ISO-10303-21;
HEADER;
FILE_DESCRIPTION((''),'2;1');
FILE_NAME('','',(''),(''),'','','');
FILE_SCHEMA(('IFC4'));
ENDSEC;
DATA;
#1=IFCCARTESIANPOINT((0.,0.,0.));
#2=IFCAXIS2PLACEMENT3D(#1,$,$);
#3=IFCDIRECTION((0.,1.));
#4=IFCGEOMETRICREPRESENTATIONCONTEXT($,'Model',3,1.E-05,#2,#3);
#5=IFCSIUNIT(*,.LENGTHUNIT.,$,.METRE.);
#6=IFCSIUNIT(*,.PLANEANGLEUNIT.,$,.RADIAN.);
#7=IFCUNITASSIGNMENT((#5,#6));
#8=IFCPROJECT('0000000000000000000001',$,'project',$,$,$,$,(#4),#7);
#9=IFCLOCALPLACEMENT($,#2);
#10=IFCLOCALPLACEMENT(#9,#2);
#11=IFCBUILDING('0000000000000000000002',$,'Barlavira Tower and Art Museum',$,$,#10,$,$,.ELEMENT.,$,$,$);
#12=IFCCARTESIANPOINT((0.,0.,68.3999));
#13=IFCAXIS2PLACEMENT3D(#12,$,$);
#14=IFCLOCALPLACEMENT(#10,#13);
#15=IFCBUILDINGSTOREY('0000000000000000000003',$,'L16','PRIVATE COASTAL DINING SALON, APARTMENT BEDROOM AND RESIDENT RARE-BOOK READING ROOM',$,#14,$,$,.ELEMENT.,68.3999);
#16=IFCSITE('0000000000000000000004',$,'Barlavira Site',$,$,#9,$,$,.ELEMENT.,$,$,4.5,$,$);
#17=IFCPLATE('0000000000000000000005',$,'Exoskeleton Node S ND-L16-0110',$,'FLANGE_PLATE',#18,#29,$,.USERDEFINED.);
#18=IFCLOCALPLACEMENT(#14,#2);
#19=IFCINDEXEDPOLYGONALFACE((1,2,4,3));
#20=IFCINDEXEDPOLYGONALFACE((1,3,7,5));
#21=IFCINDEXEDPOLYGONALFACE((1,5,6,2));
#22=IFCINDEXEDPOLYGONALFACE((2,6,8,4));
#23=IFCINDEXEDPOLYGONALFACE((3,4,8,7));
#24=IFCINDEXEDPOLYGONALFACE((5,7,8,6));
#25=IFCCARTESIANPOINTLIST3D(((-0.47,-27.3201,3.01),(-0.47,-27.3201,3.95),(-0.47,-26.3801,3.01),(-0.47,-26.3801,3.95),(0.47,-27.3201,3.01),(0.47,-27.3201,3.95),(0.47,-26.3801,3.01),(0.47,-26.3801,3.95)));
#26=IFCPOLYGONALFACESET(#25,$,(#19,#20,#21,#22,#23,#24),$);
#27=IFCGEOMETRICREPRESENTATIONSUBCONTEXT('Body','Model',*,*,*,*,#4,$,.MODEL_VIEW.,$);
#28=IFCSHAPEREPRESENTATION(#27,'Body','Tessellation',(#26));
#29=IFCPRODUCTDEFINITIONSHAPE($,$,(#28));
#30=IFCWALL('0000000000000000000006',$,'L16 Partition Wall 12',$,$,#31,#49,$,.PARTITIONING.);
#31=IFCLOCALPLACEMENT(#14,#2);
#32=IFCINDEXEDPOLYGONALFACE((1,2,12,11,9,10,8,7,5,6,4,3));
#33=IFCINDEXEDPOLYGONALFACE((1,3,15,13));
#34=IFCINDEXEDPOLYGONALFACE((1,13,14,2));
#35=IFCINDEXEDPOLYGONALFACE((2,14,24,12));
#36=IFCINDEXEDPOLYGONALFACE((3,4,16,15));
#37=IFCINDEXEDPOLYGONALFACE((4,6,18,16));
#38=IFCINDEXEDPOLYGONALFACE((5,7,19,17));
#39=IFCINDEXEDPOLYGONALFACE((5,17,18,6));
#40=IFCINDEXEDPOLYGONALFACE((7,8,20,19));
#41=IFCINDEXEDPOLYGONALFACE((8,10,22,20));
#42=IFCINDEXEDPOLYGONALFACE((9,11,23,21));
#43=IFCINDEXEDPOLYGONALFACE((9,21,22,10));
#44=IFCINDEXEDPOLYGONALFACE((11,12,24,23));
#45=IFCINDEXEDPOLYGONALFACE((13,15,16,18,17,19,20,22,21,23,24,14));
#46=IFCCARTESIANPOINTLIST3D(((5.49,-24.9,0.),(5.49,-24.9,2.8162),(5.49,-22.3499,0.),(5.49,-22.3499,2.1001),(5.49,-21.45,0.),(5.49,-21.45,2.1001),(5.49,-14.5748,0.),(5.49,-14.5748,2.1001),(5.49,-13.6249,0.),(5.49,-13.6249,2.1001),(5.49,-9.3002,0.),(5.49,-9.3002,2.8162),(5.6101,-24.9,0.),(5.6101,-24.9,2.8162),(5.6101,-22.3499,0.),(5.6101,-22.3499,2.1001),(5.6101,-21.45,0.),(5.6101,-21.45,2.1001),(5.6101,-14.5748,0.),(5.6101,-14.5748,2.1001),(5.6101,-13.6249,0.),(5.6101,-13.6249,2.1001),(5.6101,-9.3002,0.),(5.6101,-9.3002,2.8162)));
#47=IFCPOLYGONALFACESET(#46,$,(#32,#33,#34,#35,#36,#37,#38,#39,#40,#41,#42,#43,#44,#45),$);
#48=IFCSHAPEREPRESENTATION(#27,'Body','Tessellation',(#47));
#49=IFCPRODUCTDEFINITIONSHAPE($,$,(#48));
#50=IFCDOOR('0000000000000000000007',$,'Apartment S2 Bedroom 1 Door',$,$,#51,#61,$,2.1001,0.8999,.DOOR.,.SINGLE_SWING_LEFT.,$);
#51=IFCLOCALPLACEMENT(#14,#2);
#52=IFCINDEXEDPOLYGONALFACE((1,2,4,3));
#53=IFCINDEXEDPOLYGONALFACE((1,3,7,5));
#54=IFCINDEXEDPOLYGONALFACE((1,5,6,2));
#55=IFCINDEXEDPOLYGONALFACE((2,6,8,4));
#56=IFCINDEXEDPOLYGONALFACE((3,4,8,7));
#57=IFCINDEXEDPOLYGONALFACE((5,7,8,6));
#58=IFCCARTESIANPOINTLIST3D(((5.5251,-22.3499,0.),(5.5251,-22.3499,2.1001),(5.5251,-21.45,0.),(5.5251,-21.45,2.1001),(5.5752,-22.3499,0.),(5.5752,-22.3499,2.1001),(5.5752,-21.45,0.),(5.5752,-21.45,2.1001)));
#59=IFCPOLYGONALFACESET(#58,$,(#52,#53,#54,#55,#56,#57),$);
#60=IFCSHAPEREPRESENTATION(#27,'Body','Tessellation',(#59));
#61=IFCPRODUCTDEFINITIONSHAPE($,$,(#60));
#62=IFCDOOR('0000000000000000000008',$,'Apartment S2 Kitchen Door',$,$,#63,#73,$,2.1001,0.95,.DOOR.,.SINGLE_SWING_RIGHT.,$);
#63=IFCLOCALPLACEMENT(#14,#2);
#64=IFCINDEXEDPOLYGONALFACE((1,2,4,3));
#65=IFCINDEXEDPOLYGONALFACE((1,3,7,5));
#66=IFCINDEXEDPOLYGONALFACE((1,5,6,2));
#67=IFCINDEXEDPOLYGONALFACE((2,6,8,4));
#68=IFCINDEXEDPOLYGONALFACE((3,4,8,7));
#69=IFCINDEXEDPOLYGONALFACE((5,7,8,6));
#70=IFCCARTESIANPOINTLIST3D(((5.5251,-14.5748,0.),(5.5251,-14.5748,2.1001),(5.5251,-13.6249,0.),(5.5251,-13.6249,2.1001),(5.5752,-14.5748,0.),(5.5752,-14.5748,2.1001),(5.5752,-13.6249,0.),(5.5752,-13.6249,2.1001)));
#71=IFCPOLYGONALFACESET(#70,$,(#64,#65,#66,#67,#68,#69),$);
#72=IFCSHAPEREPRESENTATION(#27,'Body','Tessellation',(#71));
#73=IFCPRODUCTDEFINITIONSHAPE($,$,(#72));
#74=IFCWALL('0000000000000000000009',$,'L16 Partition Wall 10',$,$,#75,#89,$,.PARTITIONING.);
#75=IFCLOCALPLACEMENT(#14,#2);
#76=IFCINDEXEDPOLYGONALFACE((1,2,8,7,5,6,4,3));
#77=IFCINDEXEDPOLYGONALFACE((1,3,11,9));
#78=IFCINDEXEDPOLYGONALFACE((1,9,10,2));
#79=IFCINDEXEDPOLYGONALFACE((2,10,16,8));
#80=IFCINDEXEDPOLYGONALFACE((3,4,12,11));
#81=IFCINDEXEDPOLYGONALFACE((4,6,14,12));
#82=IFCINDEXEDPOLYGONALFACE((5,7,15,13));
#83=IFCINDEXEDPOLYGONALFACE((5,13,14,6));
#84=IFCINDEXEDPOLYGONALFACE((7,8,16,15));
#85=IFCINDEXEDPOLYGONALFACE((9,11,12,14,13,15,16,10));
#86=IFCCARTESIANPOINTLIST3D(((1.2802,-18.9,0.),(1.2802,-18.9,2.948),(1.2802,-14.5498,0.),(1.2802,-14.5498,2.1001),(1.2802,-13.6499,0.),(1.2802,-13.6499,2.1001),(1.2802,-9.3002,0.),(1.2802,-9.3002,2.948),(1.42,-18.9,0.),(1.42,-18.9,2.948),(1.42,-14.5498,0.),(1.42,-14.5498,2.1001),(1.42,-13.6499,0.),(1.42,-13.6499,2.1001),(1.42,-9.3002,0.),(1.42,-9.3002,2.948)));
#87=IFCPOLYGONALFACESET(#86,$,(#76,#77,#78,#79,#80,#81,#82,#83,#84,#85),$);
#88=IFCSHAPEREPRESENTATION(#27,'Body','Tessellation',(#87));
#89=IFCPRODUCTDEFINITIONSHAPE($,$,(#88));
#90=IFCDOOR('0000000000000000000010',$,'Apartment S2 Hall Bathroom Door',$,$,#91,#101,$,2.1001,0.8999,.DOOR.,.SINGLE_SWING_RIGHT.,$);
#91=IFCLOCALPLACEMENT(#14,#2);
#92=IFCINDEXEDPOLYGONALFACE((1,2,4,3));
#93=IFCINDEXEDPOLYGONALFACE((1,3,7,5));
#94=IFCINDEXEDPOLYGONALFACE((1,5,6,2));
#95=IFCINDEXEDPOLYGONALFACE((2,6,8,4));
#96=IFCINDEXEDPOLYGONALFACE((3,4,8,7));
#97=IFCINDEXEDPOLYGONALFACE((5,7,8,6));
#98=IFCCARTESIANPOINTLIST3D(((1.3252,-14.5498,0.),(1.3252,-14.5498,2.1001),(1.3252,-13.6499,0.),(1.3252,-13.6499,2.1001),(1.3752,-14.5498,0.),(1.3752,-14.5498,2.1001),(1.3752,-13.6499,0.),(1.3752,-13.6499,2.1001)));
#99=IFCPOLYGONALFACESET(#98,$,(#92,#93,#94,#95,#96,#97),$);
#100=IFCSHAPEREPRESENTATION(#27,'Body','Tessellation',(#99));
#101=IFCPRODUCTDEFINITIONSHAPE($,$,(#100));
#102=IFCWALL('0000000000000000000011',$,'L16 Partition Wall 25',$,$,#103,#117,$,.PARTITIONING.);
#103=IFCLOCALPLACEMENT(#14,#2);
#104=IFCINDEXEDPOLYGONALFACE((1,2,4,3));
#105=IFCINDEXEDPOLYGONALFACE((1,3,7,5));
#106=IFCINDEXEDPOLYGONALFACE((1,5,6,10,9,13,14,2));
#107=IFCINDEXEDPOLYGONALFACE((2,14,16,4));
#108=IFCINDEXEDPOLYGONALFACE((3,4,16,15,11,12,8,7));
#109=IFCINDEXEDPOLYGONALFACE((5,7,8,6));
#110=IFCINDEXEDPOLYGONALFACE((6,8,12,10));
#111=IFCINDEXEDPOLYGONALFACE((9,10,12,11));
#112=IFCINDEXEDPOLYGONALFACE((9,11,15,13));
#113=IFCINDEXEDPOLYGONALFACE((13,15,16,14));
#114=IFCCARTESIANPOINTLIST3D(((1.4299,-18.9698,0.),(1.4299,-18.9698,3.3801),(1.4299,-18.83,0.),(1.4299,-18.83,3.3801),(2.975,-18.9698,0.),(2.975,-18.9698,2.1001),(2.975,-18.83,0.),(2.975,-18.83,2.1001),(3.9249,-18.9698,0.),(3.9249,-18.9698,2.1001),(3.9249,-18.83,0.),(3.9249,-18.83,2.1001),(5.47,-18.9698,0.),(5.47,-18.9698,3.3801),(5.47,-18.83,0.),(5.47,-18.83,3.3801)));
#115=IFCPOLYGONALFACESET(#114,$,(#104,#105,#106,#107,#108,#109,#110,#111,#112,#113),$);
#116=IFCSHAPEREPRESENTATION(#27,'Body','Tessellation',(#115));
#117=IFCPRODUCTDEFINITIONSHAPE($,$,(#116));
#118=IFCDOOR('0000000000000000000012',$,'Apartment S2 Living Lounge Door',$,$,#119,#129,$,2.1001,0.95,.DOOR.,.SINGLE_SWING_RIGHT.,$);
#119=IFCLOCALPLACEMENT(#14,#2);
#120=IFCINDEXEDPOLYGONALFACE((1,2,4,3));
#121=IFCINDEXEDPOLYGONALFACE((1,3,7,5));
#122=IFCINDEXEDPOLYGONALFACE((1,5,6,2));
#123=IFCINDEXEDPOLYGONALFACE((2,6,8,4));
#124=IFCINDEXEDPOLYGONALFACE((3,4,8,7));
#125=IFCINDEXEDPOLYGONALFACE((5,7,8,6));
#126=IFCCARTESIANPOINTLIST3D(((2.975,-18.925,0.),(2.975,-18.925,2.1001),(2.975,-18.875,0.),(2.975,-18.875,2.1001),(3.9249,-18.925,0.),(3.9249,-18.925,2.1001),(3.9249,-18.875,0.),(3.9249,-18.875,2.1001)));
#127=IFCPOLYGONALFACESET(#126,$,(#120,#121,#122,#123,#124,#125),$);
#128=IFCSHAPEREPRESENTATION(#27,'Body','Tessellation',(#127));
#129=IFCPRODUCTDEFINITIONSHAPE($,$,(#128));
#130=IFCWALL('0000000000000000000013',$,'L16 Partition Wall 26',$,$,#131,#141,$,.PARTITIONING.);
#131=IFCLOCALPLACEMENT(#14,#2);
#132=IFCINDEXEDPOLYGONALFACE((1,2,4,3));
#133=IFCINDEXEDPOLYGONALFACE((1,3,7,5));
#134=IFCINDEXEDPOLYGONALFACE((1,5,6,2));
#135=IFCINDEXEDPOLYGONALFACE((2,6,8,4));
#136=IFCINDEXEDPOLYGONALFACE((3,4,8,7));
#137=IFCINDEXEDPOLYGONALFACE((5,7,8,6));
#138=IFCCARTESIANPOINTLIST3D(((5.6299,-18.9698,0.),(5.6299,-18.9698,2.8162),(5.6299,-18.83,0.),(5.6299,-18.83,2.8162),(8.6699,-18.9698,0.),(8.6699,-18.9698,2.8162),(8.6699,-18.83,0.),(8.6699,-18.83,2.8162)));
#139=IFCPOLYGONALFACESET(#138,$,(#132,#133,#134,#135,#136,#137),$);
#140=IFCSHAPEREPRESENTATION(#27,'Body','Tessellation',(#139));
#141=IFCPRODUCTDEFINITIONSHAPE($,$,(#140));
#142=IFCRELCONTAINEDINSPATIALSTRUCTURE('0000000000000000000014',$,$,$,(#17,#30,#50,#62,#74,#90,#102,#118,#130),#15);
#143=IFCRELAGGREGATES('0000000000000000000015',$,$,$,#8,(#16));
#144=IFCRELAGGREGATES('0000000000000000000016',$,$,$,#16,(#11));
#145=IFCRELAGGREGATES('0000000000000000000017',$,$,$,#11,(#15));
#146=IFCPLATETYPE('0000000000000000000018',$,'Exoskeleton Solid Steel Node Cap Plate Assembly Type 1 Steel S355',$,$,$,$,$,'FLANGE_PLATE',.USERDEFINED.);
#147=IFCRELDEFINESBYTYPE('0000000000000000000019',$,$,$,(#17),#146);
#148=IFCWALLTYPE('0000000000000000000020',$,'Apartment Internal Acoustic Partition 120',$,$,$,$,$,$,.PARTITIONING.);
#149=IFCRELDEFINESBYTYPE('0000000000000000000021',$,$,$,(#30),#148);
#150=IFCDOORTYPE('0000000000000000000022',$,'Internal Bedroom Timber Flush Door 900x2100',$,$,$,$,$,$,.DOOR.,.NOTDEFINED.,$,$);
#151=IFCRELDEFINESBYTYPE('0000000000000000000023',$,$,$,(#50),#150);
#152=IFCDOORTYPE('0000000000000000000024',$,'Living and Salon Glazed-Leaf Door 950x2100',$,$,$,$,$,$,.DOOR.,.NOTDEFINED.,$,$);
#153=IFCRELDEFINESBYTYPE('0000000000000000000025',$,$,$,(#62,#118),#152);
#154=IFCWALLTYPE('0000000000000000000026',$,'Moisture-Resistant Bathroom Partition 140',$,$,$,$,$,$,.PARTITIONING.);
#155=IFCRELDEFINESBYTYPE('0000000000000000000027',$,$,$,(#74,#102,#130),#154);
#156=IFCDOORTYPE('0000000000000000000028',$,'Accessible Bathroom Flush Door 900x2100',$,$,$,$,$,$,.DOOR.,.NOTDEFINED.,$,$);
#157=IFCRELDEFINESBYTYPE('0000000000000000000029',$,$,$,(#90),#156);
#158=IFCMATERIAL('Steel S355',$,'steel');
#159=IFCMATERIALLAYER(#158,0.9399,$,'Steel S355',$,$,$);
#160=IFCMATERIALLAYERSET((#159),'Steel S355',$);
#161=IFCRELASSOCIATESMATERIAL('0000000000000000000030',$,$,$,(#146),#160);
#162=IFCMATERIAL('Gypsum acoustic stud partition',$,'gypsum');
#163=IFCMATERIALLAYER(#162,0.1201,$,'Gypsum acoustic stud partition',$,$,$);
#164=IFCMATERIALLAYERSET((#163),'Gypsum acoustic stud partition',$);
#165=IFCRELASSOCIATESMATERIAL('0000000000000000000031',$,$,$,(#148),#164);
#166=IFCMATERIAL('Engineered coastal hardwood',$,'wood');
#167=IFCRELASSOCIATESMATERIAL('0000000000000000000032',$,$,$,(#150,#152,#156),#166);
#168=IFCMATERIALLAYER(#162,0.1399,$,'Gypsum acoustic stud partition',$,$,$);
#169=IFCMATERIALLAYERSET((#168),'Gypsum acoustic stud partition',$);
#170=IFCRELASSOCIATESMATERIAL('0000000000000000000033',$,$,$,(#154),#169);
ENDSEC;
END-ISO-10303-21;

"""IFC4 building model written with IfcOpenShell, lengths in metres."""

from ifc_helpers import new_model, si_unit, direction, frame, frame_2d, origin, origin_2d, place, context, subcontext, project, spatial, rectangle, extrude, material, layer, layer_set, type_object, element, fill, save


model = new_model("IFC4")

# Units and contexts
model_context = context("Model", 3, precision=1e-05, world=origin(), true_north=direction((0.0, 1.0)))
body_context = subcontext(model_context, "Body", "Model", "MODEL_VIEW")
ifc_project = project(units=[si_unit("LENGTHUNIT", "METRE"), si_unit("PLANEANGLEUNIT", "RADIAN")], contexts=[model_context])

# Site, building, storey
site_placement = place(None, origin())
site = spatial("IfcSite", under=ifc_project, at=site_placement, Name="Barlavira Site", CompositionType="ELEMENT", RefElevation=4.5)
building_placement = place(site_placement, origin())
building = spatial("IfcBuilding", under=site, at=building_placement, Name="Barlavira Tower and Art Museum", CompositionType="ELEMENT")
storey_placement = place(building_placement, frame((0.0, 0.0, 68.3999)))
storey = spatial("IfcBuildingStorey", under=building, at=storey_placement, Name="L16", Description="PRIVATE COASTAL DINING SALON, APARTMENT BEDROOM AND RESIDENT RARE-BOOK READING ROOM", CompositionType="ELEMENT", Elevation=68.3999)

# Shared definitions
ifc_material_1 = material(Name="Steel S355", Category="steel")

# Plate
ifc_layer_1 = layer(ifc_material_1, 0.9399, Name="Steel S355")
ifc_layer_set_1 = layer_set([ifc_layer_1], Name="Steel S355")
plate_type_1 = type_object("IfcPlateType", Name="Exoskeleton Solid Steel Node Cap Plate Assembly Type 1 Steel S355", ElementType="FLANGE_PLATE", PredefinedType="USERDEFINED", material=ifc_layer_set_1)
plate_1_placement = place(storey_placement, frame((0.0, -26.8501, 3.01), z_axis=(0.0, 0.0, 1.0), x_axis=(1.0, 0.0, 0.0)))
element("IfcPlate", 1, at=plate_1_placement, inside=storey, type_object=plate_type_1, Name="Exoskeleton Node S ND-L16-0110", ObjectType="FLANGE_PLATE", PredefinedType="USERDEFINED", context=body_context, shape_type="SweptSolid", body=[
    extrude(rectangle(XDim=0.9399, YDim=0.9399, at=origin_2d()), origin(), (0.0, 0.0, 1.0), 0.9399),
])

# Wall, openings, doors
ifc_material_2 = material(Name="Gypsum acoustic stud partition", Category="gypsum")
ifc_layer_2 = layer(ifc_material_2, 0.1201, Name="Gypsum acoustic stud partition")
ifc_layer_set_2 = layer_set([ifc_layer_2], Name="Gypsum acoustic stud partition")
wall_type_1 = type_object("IfcWallType", Name="Apartment Internal Acoustic Partition 120", PredefinedType="PARTITIONING", material=ifc_layer_set_2)
wall_1_placement = place(storey_placement, frame((5.55, -24.8999, 0.0), z_axis=(0.0, 0.0, 1.0), x_axis=(0.0, 1.0, 0.0)))
wall_1 = element("IfcWall", 2, at=wall_1_placement, inside=storey, type_object=wall_type_1, Name="L16 Partition Wall 12", PredefinedType="PARTITIONING", context=body_context, shape_type="SweptSolid", body=[
    extrude(rectangle(XDim=15.5999, YDim=0.1201, at=frame_2d((7.7998, 0.0))), origin(), (0.0, 0.0, 1.0), 2.8162),
])
opening_1_placement = place(wall_1_placement, frame((10.325, 0.0, 0.0)))
opening_1 = element("IfcOpeningElement", 3, at=opening_1_placement, cuts=wall_1, PredefinedType="OPENING", context=body_context, shape_type="SweptSolid", body=[
    extrude(rectangle(XDim=0.95, YDim=2.1001, at=frame_2d((0.4751, 1.05))), frame((0.0, 0.0701, 0.0), z_axis=(0.0, -1.0, 0.0), x_axis=(1.0, 0.0, 0.0)), (0.0, 0.0, 1.0), 0.1401),
])
opening_2_placement = place(wall_1_placement, frame((2.55, 0.0, 0.0)))
opening_2 = element("IfcOpeningElement", 4, at=opening_2_placement, cuts=wall_1, PredefinedType="OPENING", context=body_context, shape_type="SweptSolid", body=[
    extrude(rectangle(XDim=0.8999, YDim=2.1001, at=frame_2d((0.45, 1.05))), frame((0.0, 0.0701, 0.0), z_axis=(0.0, -1.0, 0.0), x_axis=(1.0, 0.0, 0.0)), (0.0, 0.0, 1.0), 0.1401),
])
ifc_material_3 = material(Name="Engineered coastal hardwood", Category="wood")
door_type_1 = type_object("IfcDoorType", Name="Internal Bedroom Timber Flush Door 900x2100", OperationType="NOTDEFINED", PredefinedType="DOOR", material=ifc_material_3)
door_1_placement = place(opening_2_placement, origin())
door_1 = element("IfcDoor", 5, at=door_1_placement, inside=storey, type_object=door_type_1, Name="Apartment S2 Bedroom 1 Door", OperationType="SINGLE_SWING_LEFT", OverallHeight=2.1001, OverallWidth=0.8999, PredefinedType="DOOR", context=body_context, shape_type="SweptSolid", body=[
    extrude(rectangle(XDim=0.8999, YDim=2.1001, at=frame_2d((0.45, 1.05))), frame((0.0, 0.0249, 0.0), z_axis=(0.0, -1.0, 0.0), x_axis=(1.0, 0.0, 0.0)), (0.0, 0.0, 1.0), 0.05),
])
fill(opening_2, door_1)
door_type_2 = type_object("IfcDoorType", Name="Living and Salon Glazed-Leaf Door 950x2100", OperationType="NOTDEFINED", PredefinedType="DOOR", material=ifc_material_3)
door_2_placement = place(opening_1_placement, origin())
door_2 = element("IfcDoor", 6, at=door_2_placement, inside=storey, type_object=door_type_2, Name="Apartment S2 Kitchen Door", OperationType="SINGLE_SWING_RIGHT", OverallHeight=2.1001, OverallWidth=0.95, PredefinedType="DOOR", context=body_context, shape_type="SweptSolid", body=[
    extrude(rectangle(XDim=0.95, YDim=2.1001, at=frame_2d((0.4751, 1.05))), frame((0.0, 0.0249, 0.0), z_axis=(0.0, -1.0, 0.0), x_axis=(1.0, 0.0, 0.0)), (0.0, 0.0, 1.0), 0.05),
])
fill(opening_1, door_2)

# Walls, openings, doors
ifc_layer_3 = layer(ifc_material_2, 0.1399, Name="Gypsum acoustic stud partition")
ifc_layer_set_3 = layer_set([ifc_layer_3], Name="Gypsum acoustic stud partition")
wall_type_2 = type_object("IfcWallType", Name="Moisture-Resistant Bathroom Partition 140", PredefinedType="PARTITIONING", material=ifc_layer_set_3)
wall_2_placement = place(storey_placement, frame((1.3501, -18.8999, 0.0), z_axis=(0.0, 0.0, 1.0), x_axis=(0.0, 1.0, 0.0)))
wall_2 = element("IfcWall", 7, at=wall_2_placement, inside=storey, type_object=wall_type_2, Name="L16 Partition Wall 10", PredefinedType="PARTITIONING", context=body_context, shape_type="SweptSolid", body=[
    extrude(rectangle(XDim=9.5999, YDim=0.1399, at=frame_2d((4.7998, 0.0))), origin(), (0.0, 0.0, 1.0), 2.948),
])
opening_3_placement = place(wall_2_placement, frame((4.3501, 0.0, 0.0)))
opening_3 = element("IfcOpeningElement", 8, at=opening_3_placement, cuts=wall_2, PredefinedType="OPENING", context=body_context, shape_type="SweptSolid", body=[
    extrude(rectangle(XDim=0.8999, YDim=2.1001, at=frame_2d((0.45, 1.05))), frame((0.0, 0.0801, 0.0), z_axis=(0.0, -1.0, 0.0), x_axis=(1.0, 0.0, 0.0)), (0.0, 0.0, 1.0), 0.1599),
])
door_type_3 = type_object("IfcDoorType", Name="Accessible Bathroom Flush Door 900x2100", OperationType="NOTDEFINED", PredefinedType="DOOR", material=ifc_material_3)
door_3_placement = place(opening_3_placement, origin())
door_3 = element("IfcDoor", 9, at=door_3_placement, inside=storey, type_object=door_type_3, Name="Apartment S2 Hall Bathroom Door", OperationType="SINGLE_SWING_RIGHT", OverallHeight=2.1001, OverallWidth=0.8999, PredefinedType="DOOR", context=body_context, shape_type="SweptSolid", body=[
    extrude(rectangle(XDim=0.8999, YDim=2.1001, at=frame_2d((0.45, 1.05))), frame((0.0, 0.0249, 0.0), z_axis=(0.0, -1.0, 0.0), x_axis=(1.0, 0.0, 0.0)), (0.0, 0.0, 1.0), 0.05),
])
fill(opening_3, door_3)
wall_3_placement = place(storey_placement, frame((1.4299, -18.8999, 0.0), z_axis=(0.0, 0.0, 1.0), x_axis=(1.0, 0.0, 0.0)))
wall_3 = element("IfcWall", 10, at=wall_3_placement, inside=storey, type_object=wall_type_2, Name="L16 Partition Wall 25", PredefinedType="PARTITIONING", context=body_context, shape_type="SweptSolid", body=[
    extrude(rectangle(XDim=4.04, YDim=0.1399, at=frame_2d((2.02, 0.0))), origin(), (0.0, 0.0, 1.0), 3.3801),
])
opening_4_placement = place(wall_3_placement, frame((1.5449, 0.0, 0.0)))
opening_4 = element("IfcOpeningElement", 11, at=opening_4_placement, cuts=wall_3, PredefinedType="OPENING", context=body_context, shape_type="SweptSolid", body=[
    extrude(rectangle(XDim=0.95, YDim=2.1001, at=frame_2d((0.4751, 1.05))), frame((0.0, 0.0801, 0.0), z_axis=(0.0, -1.0, 0.0), x_axis=(1.0, 0.0, 0.0)), (0.0, 0.0, 1.0), 0.1599),
])
door_4_placement = place(opening_4_placement, origin())
door_4 = element("IfcDoor", 12, at=door_4_placement, inside=storey, type_object=door_type_2, Name="Apartment S2 Living Lounge Door", OperationType="SINGLE_SWING_RIGHT", OverallHeight=2.1001, OverallWidth=0.95, PredefinedType="DOOR", context=body_context, shape_type="SweptSolid", body=[
    extrude(rectangle(XDim=0.95, YDim=2.1001, at=frame_2d((0.4751, 1.05))), frame((0.0, 0.0249, 0.0), z_axis=(0.0, -1.0, 0.0), x_axis=(1.0, 0.0, 0.0)), (0.0, 0.0, 1.0), 0.05),
])
fill(opening_4, door_4)

# Wall
wall_4_placement = place(storey_placement, frame((5.6299, -18.8999, 0.0), z_axis=(0.0, 0.0, 1.0), x_axis=(1.0, 0.0, 0.0)))
element("IfcWall", 13, at=wall_4_placement, inside=storey, type_object=wall_type_2, Name="L16 Partition Wall 26", PredefinedType="PARTITIONING", context=body_context, shape_type="SweptSolid", body=[
    extrude(rectangle(XDim=3.04, YDim=0.1399, at=frame_2d((1.52, 0.0))), origin(), (0.0, 0.0, 1.0), 2.8162),
])

save(model, "model.ifc")
